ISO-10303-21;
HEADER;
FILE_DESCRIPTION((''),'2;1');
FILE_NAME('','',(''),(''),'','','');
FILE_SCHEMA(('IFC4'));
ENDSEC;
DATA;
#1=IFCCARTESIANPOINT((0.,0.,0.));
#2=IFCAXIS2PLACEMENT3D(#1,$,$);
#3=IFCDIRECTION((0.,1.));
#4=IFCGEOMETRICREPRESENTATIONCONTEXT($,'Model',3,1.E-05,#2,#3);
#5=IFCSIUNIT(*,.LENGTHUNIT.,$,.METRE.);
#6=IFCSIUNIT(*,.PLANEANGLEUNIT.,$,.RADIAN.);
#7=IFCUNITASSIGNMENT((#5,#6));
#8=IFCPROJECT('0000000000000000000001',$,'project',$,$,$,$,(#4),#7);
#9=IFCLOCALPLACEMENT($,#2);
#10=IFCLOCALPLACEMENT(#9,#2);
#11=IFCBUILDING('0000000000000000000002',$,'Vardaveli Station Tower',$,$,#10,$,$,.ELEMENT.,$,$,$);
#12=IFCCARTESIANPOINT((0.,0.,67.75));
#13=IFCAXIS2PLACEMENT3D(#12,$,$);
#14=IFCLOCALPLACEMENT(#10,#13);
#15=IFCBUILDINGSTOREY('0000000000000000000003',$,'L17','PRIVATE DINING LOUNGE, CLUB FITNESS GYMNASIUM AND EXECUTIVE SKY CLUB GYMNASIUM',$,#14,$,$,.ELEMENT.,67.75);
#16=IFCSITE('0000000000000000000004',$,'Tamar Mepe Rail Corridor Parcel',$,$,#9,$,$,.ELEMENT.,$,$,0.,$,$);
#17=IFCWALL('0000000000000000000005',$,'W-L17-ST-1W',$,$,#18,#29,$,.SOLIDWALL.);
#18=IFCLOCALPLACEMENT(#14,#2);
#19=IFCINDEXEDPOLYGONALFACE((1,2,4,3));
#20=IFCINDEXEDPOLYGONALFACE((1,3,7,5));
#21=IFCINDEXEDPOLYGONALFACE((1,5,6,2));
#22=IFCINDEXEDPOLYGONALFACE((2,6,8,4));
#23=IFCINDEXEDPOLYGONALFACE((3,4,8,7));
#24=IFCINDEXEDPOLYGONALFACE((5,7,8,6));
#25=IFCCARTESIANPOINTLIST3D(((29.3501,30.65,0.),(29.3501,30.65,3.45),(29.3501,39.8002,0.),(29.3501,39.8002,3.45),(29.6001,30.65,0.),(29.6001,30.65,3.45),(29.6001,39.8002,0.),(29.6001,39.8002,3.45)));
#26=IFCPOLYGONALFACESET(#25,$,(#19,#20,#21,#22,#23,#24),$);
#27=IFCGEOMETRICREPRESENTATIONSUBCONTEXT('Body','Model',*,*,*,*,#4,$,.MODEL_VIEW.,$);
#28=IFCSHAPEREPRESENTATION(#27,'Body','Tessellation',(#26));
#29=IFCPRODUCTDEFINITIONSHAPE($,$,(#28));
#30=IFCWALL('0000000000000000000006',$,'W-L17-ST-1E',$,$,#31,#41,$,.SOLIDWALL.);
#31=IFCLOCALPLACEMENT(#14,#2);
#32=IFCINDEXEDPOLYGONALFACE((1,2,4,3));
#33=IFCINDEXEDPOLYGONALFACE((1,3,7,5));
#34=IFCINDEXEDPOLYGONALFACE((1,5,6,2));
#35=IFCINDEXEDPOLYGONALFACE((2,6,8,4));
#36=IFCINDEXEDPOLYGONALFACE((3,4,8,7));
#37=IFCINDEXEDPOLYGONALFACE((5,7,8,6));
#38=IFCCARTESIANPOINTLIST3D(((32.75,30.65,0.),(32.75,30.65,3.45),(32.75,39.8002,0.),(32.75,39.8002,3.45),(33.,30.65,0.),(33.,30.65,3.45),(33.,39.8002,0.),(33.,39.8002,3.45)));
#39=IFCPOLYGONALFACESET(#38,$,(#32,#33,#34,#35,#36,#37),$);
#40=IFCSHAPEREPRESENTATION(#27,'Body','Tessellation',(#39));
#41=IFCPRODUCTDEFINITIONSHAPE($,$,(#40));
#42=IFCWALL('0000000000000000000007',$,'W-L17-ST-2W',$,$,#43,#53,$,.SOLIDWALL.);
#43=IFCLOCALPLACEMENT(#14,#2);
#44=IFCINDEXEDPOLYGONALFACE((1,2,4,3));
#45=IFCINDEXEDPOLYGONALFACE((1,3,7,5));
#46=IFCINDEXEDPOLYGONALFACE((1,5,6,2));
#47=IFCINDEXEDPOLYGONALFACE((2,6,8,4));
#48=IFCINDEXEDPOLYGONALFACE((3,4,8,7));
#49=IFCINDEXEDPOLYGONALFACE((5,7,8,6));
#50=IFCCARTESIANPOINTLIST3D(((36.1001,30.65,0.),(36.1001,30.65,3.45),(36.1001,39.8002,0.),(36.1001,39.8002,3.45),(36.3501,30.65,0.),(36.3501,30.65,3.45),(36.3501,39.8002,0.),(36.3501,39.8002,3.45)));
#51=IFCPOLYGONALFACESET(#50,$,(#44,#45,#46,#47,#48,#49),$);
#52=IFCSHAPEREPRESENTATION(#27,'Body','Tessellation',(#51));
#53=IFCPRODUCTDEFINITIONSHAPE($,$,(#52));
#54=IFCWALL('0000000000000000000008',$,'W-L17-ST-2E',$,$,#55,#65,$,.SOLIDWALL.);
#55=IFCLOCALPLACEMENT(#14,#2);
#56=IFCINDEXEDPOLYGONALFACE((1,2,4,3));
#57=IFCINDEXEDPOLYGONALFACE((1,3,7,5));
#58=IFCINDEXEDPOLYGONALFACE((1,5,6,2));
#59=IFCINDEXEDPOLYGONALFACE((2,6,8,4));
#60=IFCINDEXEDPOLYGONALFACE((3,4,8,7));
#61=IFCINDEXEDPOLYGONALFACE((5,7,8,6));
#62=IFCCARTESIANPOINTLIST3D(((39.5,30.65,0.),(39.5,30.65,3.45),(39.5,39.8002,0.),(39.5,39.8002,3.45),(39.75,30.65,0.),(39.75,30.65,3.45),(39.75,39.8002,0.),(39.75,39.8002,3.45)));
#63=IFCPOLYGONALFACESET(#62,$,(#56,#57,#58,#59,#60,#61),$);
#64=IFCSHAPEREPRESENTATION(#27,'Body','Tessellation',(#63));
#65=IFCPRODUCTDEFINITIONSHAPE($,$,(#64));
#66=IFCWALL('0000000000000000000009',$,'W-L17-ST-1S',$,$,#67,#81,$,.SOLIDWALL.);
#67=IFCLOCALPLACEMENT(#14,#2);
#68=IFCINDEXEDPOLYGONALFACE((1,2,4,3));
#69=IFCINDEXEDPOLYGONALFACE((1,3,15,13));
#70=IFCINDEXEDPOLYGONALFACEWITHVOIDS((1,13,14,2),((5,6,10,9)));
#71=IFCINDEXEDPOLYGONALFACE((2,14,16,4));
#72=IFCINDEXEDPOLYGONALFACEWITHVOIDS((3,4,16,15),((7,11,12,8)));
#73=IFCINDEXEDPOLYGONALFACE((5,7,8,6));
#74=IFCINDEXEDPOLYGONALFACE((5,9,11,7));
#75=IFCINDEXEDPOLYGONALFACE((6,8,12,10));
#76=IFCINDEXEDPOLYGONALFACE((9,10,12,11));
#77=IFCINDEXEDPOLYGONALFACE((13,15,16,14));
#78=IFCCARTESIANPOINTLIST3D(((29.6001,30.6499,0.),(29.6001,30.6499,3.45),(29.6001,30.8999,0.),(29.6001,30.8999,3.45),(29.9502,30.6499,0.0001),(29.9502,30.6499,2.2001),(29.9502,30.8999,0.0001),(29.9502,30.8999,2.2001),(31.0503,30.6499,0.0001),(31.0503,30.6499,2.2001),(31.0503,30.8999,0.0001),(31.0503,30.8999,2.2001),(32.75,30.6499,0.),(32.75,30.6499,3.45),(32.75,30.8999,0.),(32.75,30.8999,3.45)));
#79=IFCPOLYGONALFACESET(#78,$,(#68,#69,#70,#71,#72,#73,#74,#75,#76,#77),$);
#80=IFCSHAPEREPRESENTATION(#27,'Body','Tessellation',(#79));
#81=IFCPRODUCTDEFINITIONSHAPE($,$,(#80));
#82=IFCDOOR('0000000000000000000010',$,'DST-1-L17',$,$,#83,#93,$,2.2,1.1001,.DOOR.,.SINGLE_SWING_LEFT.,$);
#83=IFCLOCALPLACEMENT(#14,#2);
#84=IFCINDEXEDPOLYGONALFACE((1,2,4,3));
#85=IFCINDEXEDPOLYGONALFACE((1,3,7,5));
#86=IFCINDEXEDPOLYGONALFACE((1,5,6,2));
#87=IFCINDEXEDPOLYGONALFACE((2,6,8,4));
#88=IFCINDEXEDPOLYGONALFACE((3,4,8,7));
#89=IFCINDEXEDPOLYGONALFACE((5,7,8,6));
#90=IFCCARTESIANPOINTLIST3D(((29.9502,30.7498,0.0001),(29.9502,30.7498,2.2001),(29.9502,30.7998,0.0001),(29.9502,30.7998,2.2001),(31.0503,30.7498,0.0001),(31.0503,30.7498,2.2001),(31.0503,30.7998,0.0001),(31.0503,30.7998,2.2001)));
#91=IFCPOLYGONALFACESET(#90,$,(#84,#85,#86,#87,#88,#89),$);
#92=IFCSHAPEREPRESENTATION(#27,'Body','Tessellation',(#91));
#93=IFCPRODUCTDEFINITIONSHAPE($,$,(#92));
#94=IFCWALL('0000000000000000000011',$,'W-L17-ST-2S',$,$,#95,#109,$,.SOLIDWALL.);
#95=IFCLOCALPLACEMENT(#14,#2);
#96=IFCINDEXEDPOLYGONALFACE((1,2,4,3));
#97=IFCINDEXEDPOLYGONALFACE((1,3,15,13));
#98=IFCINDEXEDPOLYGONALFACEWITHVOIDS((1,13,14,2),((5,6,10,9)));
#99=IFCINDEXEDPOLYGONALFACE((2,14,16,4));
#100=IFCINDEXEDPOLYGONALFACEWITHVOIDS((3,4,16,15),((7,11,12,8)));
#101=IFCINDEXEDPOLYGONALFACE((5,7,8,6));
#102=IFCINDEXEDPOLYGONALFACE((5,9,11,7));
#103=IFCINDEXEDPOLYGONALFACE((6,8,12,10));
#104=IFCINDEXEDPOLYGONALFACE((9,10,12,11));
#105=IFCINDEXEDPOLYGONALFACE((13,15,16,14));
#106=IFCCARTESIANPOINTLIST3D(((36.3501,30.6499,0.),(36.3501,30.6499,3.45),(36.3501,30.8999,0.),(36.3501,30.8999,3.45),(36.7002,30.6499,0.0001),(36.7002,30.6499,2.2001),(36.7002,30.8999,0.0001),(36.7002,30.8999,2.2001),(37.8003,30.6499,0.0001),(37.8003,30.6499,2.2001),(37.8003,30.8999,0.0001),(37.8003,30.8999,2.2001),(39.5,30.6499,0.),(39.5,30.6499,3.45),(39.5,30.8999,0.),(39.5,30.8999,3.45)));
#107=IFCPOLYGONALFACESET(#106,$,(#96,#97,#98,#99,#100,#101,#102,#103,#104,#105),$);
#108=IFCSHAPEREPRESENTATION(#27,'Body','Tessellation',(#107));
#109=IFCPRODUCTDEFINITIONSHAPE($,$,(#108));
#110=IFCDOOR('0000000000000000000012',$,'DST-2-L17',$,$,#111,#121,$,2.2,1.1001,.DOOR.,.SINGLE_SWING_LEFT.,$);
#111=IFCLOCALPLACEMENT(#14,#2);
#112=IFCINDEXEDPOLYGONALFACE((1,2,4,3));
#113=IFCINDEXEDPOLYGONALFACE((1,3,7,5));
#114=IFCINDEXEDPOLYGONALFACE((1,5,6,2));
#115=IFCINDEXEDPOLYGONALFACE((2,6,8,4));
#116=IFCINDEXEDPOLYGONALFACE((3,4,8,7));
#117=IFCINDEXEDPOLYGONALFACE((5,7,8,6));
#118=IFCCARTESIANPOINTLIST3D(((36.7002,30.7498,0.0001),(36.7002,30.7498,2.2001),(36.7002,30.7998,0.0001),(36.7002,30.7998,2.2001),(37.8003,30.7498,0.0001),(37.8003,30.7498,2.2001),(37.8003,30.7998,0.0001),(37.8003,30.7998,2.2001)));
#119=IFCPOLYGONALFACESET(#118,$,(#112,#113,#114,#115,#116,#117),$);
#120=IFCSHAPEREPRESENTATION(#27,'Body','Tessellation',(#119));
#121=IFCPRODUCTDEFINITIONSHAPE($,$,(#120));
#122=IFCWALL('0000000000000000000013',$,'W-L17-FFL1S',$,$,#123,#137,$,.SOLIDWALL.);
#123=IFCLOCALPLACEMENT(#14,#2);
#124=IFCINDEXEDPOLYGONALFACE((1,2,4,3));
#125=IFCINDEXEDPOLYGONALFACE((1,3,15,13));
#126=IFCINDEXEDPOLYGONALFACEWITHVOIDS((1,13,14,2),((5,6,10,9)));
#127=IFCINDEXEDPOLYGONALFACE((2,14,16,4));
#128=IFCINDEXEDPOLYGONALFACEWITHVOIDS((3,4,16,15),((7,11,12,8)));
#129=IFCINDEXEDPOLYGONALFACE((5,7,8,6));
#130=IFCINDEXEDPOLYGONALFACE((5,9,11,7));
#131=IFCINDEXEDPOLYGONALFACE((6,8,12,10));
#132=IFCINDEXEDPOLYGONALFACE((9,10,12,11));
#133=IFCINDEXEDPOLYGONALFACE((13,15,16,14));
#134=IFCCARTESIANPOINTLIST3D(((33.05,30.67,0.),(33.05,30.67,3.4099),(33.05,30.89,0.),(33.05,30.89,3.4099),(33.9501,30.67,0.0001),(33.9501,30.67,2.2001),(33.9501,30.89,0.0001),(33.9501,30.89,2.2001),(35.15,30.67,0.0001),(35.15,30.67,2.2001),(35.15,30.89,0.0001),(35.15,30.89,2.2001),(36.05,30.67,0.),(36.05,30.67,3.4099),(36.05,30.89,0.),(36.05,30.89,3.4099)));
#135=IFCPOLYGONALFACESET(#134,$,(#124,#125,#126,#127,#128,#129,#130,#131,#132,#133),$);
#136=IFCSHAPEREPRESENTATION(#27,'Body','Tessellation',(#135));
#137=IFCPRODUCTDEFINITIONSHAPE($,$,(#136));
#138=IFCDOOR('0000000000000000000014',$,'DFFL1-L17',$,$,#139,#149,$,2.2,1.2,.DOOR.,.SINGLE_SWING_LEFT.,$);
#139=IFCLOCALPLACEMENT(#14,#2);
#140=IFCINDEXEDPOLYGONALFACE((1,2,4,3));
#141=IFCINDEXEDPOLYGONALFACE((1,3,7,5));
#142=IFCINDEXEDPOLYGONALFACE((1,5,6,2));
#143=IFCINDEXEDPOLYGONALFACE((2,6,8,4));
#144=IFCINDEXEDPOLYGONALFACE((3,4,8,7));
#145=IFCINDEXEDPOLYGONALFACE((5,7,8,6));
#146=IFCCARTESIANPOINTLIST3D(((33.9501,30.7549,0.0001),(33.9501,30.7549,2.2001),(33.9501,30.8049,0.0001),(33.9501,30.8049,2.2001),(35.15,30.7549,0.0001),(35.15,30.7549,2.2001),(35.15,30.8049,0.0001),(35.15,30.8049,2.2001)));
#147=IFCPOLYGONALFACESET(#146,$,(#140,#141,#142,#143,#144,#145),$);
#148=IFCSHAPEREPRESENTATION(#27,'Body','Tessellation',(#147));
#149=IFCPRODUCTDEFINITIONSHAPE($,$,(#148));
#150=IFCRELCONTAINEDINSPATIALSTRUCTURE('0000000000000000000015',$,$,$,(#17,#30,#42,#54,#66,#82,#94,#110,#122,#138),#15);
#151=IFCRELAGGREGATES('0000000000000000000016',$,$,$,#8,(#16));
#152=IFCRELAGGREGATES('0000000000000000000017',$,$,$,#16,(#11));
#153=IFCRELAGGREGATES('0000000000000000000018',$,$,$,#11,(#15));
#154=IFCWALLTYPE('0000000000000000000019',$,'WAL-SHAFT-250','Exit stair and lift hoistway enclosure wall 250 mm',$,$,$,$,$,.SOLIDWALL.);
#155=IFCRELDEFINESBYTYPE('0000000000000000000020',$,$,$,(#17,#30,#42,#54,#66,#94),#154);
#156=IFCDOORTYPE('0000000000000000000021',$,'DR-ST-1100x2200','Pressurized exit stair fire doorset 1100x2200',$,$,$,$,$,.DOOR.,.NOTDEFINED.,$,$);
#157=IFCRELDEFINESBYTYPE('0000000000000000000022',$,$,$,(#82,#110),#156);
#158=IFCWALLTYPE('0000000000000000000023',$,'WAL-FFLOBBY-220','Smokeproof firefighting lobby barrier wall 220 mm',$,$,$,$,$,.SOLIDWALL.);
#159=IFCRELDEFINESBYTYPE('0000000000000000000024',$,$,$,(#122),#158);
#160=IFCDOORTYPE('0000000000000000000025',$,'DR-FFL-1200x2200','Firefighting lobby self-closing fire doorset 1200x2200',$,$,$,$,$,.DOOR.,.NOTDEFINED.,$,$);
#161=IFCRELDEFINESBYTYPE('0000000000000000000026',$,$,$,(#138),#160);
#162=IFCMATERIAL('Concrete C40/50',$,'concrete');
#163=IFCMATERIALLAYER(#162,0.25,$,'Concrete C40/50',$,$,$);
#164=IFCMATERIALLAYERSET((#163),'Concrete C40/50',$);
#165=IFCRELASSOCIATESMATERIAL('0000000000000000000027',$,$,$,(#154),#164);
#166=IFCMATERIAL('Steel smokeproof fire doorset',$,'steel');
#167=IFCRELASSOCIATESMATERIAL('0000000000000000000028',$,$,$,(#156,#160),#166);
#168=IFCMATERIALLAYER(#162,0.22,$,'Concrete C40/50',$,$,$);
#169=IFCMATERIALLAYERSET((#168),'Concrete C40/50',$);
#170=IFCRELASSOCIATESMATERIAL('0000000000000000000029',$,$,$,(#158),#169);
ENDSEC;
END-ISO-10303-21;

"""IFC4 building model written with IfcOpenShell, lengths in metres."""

from ifc_helpers import new_model, si_unit, direction, frame, frame_2d, origin, place, context, subcontext, project, spatial, rectangle, extrude, source, transform, mapped, material, layer, layer_set, type_object, element, fill, save


model = new_model("IFC4")

# Units and contexts
model_context = context("Model", 3, precision=1e-05, world=origin(), true_north=direction((0.0, 1.0)))
body_context = subcontext(model_context, "Body", "Model", "MODEL_VIEW")
ifc_project = project(units=[si_unit("LENGTHUNIT", "METRE"), si_unit("PLANEANGLEUNIT", "RADIAN")], contexts=[model_context])

# Site, building, storey
site_placement = place(None, origin())
site = spatial("IfcSite", under=ifc_project, at=site_placement, Name="Tamar Mepe Rail Corridor Parcel", CompositionType="ELEMENT", RefElevation=0.0)
building_placement = place(site_placement, origin())
building = spatial("IfcBuilding", under=site, at=building_placement, Name="Vardaveli Station Tower", CompositionType="ELEMENT")
storey_placement = place(building_placement, frame((0.0, 0.0, 67.75)))
storey = spatial("IfcBuildingStorey", under=building, at=storey_placement, Name="L17", Description="PRIVATE DINING LOUNGE, CLUB FITNESS GYMNASIUM AND EXECUTIVE SKY CLUB GYMNASIUM", CompositionType="ELEMENT", Elevation=67.75)

# Walls
ifc_material_1 = material(Name="Concrete C40/50", Category="concrete")
ifc_layer_1 = layer(ifc_material_1, 0.25, Name="Concrete C40/50")
ifc_layer_set_1 = layer_set([ifc_layer_1], Name="Concrete C40/50")
wall_type_1 = type_object("IfcWallType", Name="WAL-SHAFT-250", Description="Exit stair and lift hoistway enclosure wall 250 mm", PredefinedType="SOLIDWALL", material=ifc_layer_set_1)
shared_shape_1 = source(origin(), body_context, "Body", "SweptSolid", [
    extrude(rectangle(XDim=9.1501, YDim=0.25, at=frame_2d((4.5752, 0.0))), origin(), (0.0, 0.0, 1.0), 3.45),
])
for number, where, z_axis, x_axis, name in (
    (1, (29.4751, 30.6499, 0.0), (0.0, 0.0, 1.0), (0.0, 1.0, 0.0), "W-L17-ST-1W"),
    (2, (32.875, 30.6499, 0.0), (0.0, 0.0, 1.0), (0.0, 1.0, 0.0), "W-L17-ST-1E"),
    (3, (36.2251, 30.6499, 0.0), (0.0, 0.0, 1.0), (0.0, 1.0, 0.0), "W-L17-ST-2W"),
    (4, (39.625, 30.6499, 0.0), (0.0, 0.0, 1.0), (0.0, 1.0, 0.0), "W-L17-ST-2E"),
):
    element("IfcWall", number, at=place(storey_placement, frame(where, z_axis=z_axis, x_axis=x_axis)), inside=storey, type_object=wall_type_1, Name=name, PredefinedType="SOLIDWALL", context=body_context, shape_type="MappedRepresentation", body=[
        mapped(shared_shape_1, transform((0.0, 0.0, 0.0), scale=1.0)),
    ])

# Walls, openings, doors
shared_shape_2 = source(origin(), body_context, "Body", "SweptSolid", [
    extrude(rectangle(XDim=3.1499, YDim=0.25, at=frame_2d((1.575, 0.0))), origin(), (0.0, 0.0, 1.0), 3.45),
])
wall_1_placement = place(storey_placement, frame((29.6001, 30.7749, 0.0), z_axis=(0.0, 0.0, 1.0), x_axis=(1.0, 0.0, 0.0)))
wall_1 = element("IfcWall", 5, at=wall_1_placement, inside=storey, type_object=wall_type_1, Name="W-L17-ST-1S", PredefinedType="SOLIDWALL", context=body_context, shape_type="MappedRepresentation", body=[
    mapped(shared_shape_2, transform((0.0, 0.0, 0.0), scale=1.0)),
])
shared_shape_3 = source(origin(), body_context, "Body", "SweptSolid", [
    extrude(rectangle(XDim=1.1001, YDim=2.2, at=frame_2d((0.55, 1.1001))), frame((0.0, 0.135, 0.0), z_axis=(0.0, -1.0, 0.0), x_axis=(1.0, 0.0, 0.0)), (0.0, 0.0, 1.0), 0.27),
])
opening_1_placement = place(wall_1_placement, frame((0.3501, 0.0, 0.0)))
opening_1 = element("IfcOpeningElement", 6, at=opening_1_placement, cuts=wall_1, PredefinedType="OPENING", context=body_context, shape_type="MappedRepresentation", body=[
    mapped(shared_shape_3, transform((0.0, 0.0, 0.0), scale=1.0)),
])
ifc_material_2 = material(Name="Steel smokeproof fire doorset", Category="steel")
door_type_1 = type_object("IfcDoorType", Name="DR-ST-1100x2200", Description="Pressurized exit stair fire doorset 1100x2200", OperationType="NOTDEFINED", PredefinedType="DOOR", material=ifc_material_2)
shared_shape_4 = source(origin(), body_context, "Body", "SweptSolid", [
    extrude(rectangle(XDim=1.1001, YDim=2.2, at=frame_2d((0.55, 1.1001))), frame((0.0, 0.0249, 0.0), z_axis=(0.0, -1.0, 0.0), x_axis=(1.0, 0.0, 0.0)), (0.0, 0.0, 1.0), 0.05),
])
door_1_placement = place(opening_1_placement, origin())
door_1 = element("IfcDoor", 7, at=door_1_placement, inside=storey, type_object=door_type_1, Name="DST-1-L17", OperationType="SINGLE_SWING_LEFT", OverallHeight=2.2, OverallWidth=1.1001, PredefinedType="DOOR", context=body_context, shape_type="MappedRepresentation", body=[
    mapped(shared_shape_4, transform((0.0, 0.0, 0.0), scale=1.0)),
])
fill(opening_1, door_1)
wall_2_placement = place(storey_placement, frame((36.3501, 30.7749, 0.0), z_axis=(0.0, 0.0, 1.0), x_axis=(1.0, 0.0, 0.0)))
wall_2 = element("IfcWall", 8, at=wall_2_placement, inside=storey, type_object=wall_type_1, Name="W-L17-ST-2S", PredefinedType="SOLIDWALL", context=body_context, shape_type="MappedRepresentation", body=[
    mapped(shared_shape_2, transform((0.0, 0.0, 0.0), scale=1.0)),
])
opening_2_placement = place(wall_2_placement, frame((0.3501, 0.0, 0.0)))
opening_2 = element("IfcOpeningElement", 9, at=opening_2_placement, cuts=wall_2, PredefinedType="OPENING", context=body_context, shape_type="MappedRepresentation", body=[
    mapped(shared_shape_3, transform((0.0, 0.0, 0.0), scale=1.0)),
])
door_2_placement = place(opening_2_placement, origin())
door_2 = element("IfcDoor", 10, at=door_2_placement, inside=storey, type_object=door_type_1, Name="DST-2-L17", OperationType="SINGLE_SWING_LEFT", OverallHeight=2.2, OverallWidth=1.1001, PredefinedType="DOOR", context=body_context, shape_type="MappedRepresentation", body=[
    mapped(shared_shape_4, transform((0.0, 0.0, 0.0), scale=1.0)),
])
fill(opening_2, door_2)
ifc_layer_2 = layer(ifc_material_1, 0.22, Name="Concrete C40/50")
ifc_layer_set_2 = layer_set([ifc_layer_2], Name="Concrete C40/50")
wall_type_2 = type_object("IfcWallType", Name="WAL-FFLOBBY-220", Description="Smokeproof firefighting lobby barrier wall 220 mm", PredefinedType="SOLIDWALL", material=ifc_layer_set_2)
shared_shape_5 = source(origin(), body_context, "Body", "SweptSolid", [
    extrude(rectangle(XDim=3.0, YDim=0.22, at=frame_2d((1.5, 0.0))), origin(), (0.0, 0.0, 1.0), 3.4099),
])
wall_3_placement = place(storey_placement, frame((33.05, 30.78, 0.0), z_axis=(0.0, 0.0, 1.0), x_axis=(1.0, 0.0, 0.0)))
wall_3 = element("IfcWall", 11, at=wall_3_placement, inside=storey, type_object=wall_type_2, Name="W-L17-FFL1S", PredefinedType="SOLIDWALL", context=body_context, shape_type="MappedRepresentation", body=[
    mapped(shared_shape_5, transform((0.0, 0.0, 0.0), scale=1.0)),
])
shared_shape_6 = source(origin(), body_context, "Body", "SweptSolid", [
    extrude(rectangle(XDim=1.2, YDim=2.2, at=frame_2d((0.6001, 1.1001))), frame((0.0, 0.1201, 0.0), z_axis=(0.0, -1.0, 0.0), x_axis=(1.0, 0.0, 0.0)), (0.0, 0.0, 1.0), 0.24),
])
opening_3_placement = place(wall_3_placement, frame((0.8999, 0.0, 0.0)))
opening_3 = element("IfcOpeningElement", 12, at=opening_3_placement, cuts=wall_3, PredefinedType="OPENING", context=body_context, shape_type="MappedRepresentation", body=[
    mapped(shared_shape_6, transform((0.0, 0.0, 0.0), scale=1.0)),
])
door_type_2 = type_object("IfcDoorType", Name="DR-FFL-1200x2200", Description="Firefighting lobby self-closing fire doorset 1200x2200", OperationType="NOTDEFINED", PredefinedType="DOOR", material=ifc_material_2)
shared_shape_7 = source(origin(), body_context, "Body", "SweptSolid", [
    extrude(rectangle(XDim=1.2, YDim=2.2, at=frame_2d((0.6001, 1.1001))), frame((0.0, 0.0249, 0.0), z_axis=(0.0, -1.0, 0.0), x_axis=(1.0, 0.0, 0.0)), (0.0, 0.0, 1.0), 0.05),
])
door_3_placement = place(opening_3_placement, origin())
door_3 = element("IfcDoor", 13, at=door_3_placement, inside=storey, type_object=door_type_2, Name="DFFL1-L17", OperationType="SINGLE_SWING_LEFT", OverallHeight=2.2, OverallWidth=1.2, PredefinedType="DOOR", context=body_context, shape_type="MappedRepresentation", body=[
    mapped(shared_shape_7, transform((0.0, 0.0, 0.0), scale=1.0)),
])
fill(opening_3, door_3)

save(model, "model.ifc")
